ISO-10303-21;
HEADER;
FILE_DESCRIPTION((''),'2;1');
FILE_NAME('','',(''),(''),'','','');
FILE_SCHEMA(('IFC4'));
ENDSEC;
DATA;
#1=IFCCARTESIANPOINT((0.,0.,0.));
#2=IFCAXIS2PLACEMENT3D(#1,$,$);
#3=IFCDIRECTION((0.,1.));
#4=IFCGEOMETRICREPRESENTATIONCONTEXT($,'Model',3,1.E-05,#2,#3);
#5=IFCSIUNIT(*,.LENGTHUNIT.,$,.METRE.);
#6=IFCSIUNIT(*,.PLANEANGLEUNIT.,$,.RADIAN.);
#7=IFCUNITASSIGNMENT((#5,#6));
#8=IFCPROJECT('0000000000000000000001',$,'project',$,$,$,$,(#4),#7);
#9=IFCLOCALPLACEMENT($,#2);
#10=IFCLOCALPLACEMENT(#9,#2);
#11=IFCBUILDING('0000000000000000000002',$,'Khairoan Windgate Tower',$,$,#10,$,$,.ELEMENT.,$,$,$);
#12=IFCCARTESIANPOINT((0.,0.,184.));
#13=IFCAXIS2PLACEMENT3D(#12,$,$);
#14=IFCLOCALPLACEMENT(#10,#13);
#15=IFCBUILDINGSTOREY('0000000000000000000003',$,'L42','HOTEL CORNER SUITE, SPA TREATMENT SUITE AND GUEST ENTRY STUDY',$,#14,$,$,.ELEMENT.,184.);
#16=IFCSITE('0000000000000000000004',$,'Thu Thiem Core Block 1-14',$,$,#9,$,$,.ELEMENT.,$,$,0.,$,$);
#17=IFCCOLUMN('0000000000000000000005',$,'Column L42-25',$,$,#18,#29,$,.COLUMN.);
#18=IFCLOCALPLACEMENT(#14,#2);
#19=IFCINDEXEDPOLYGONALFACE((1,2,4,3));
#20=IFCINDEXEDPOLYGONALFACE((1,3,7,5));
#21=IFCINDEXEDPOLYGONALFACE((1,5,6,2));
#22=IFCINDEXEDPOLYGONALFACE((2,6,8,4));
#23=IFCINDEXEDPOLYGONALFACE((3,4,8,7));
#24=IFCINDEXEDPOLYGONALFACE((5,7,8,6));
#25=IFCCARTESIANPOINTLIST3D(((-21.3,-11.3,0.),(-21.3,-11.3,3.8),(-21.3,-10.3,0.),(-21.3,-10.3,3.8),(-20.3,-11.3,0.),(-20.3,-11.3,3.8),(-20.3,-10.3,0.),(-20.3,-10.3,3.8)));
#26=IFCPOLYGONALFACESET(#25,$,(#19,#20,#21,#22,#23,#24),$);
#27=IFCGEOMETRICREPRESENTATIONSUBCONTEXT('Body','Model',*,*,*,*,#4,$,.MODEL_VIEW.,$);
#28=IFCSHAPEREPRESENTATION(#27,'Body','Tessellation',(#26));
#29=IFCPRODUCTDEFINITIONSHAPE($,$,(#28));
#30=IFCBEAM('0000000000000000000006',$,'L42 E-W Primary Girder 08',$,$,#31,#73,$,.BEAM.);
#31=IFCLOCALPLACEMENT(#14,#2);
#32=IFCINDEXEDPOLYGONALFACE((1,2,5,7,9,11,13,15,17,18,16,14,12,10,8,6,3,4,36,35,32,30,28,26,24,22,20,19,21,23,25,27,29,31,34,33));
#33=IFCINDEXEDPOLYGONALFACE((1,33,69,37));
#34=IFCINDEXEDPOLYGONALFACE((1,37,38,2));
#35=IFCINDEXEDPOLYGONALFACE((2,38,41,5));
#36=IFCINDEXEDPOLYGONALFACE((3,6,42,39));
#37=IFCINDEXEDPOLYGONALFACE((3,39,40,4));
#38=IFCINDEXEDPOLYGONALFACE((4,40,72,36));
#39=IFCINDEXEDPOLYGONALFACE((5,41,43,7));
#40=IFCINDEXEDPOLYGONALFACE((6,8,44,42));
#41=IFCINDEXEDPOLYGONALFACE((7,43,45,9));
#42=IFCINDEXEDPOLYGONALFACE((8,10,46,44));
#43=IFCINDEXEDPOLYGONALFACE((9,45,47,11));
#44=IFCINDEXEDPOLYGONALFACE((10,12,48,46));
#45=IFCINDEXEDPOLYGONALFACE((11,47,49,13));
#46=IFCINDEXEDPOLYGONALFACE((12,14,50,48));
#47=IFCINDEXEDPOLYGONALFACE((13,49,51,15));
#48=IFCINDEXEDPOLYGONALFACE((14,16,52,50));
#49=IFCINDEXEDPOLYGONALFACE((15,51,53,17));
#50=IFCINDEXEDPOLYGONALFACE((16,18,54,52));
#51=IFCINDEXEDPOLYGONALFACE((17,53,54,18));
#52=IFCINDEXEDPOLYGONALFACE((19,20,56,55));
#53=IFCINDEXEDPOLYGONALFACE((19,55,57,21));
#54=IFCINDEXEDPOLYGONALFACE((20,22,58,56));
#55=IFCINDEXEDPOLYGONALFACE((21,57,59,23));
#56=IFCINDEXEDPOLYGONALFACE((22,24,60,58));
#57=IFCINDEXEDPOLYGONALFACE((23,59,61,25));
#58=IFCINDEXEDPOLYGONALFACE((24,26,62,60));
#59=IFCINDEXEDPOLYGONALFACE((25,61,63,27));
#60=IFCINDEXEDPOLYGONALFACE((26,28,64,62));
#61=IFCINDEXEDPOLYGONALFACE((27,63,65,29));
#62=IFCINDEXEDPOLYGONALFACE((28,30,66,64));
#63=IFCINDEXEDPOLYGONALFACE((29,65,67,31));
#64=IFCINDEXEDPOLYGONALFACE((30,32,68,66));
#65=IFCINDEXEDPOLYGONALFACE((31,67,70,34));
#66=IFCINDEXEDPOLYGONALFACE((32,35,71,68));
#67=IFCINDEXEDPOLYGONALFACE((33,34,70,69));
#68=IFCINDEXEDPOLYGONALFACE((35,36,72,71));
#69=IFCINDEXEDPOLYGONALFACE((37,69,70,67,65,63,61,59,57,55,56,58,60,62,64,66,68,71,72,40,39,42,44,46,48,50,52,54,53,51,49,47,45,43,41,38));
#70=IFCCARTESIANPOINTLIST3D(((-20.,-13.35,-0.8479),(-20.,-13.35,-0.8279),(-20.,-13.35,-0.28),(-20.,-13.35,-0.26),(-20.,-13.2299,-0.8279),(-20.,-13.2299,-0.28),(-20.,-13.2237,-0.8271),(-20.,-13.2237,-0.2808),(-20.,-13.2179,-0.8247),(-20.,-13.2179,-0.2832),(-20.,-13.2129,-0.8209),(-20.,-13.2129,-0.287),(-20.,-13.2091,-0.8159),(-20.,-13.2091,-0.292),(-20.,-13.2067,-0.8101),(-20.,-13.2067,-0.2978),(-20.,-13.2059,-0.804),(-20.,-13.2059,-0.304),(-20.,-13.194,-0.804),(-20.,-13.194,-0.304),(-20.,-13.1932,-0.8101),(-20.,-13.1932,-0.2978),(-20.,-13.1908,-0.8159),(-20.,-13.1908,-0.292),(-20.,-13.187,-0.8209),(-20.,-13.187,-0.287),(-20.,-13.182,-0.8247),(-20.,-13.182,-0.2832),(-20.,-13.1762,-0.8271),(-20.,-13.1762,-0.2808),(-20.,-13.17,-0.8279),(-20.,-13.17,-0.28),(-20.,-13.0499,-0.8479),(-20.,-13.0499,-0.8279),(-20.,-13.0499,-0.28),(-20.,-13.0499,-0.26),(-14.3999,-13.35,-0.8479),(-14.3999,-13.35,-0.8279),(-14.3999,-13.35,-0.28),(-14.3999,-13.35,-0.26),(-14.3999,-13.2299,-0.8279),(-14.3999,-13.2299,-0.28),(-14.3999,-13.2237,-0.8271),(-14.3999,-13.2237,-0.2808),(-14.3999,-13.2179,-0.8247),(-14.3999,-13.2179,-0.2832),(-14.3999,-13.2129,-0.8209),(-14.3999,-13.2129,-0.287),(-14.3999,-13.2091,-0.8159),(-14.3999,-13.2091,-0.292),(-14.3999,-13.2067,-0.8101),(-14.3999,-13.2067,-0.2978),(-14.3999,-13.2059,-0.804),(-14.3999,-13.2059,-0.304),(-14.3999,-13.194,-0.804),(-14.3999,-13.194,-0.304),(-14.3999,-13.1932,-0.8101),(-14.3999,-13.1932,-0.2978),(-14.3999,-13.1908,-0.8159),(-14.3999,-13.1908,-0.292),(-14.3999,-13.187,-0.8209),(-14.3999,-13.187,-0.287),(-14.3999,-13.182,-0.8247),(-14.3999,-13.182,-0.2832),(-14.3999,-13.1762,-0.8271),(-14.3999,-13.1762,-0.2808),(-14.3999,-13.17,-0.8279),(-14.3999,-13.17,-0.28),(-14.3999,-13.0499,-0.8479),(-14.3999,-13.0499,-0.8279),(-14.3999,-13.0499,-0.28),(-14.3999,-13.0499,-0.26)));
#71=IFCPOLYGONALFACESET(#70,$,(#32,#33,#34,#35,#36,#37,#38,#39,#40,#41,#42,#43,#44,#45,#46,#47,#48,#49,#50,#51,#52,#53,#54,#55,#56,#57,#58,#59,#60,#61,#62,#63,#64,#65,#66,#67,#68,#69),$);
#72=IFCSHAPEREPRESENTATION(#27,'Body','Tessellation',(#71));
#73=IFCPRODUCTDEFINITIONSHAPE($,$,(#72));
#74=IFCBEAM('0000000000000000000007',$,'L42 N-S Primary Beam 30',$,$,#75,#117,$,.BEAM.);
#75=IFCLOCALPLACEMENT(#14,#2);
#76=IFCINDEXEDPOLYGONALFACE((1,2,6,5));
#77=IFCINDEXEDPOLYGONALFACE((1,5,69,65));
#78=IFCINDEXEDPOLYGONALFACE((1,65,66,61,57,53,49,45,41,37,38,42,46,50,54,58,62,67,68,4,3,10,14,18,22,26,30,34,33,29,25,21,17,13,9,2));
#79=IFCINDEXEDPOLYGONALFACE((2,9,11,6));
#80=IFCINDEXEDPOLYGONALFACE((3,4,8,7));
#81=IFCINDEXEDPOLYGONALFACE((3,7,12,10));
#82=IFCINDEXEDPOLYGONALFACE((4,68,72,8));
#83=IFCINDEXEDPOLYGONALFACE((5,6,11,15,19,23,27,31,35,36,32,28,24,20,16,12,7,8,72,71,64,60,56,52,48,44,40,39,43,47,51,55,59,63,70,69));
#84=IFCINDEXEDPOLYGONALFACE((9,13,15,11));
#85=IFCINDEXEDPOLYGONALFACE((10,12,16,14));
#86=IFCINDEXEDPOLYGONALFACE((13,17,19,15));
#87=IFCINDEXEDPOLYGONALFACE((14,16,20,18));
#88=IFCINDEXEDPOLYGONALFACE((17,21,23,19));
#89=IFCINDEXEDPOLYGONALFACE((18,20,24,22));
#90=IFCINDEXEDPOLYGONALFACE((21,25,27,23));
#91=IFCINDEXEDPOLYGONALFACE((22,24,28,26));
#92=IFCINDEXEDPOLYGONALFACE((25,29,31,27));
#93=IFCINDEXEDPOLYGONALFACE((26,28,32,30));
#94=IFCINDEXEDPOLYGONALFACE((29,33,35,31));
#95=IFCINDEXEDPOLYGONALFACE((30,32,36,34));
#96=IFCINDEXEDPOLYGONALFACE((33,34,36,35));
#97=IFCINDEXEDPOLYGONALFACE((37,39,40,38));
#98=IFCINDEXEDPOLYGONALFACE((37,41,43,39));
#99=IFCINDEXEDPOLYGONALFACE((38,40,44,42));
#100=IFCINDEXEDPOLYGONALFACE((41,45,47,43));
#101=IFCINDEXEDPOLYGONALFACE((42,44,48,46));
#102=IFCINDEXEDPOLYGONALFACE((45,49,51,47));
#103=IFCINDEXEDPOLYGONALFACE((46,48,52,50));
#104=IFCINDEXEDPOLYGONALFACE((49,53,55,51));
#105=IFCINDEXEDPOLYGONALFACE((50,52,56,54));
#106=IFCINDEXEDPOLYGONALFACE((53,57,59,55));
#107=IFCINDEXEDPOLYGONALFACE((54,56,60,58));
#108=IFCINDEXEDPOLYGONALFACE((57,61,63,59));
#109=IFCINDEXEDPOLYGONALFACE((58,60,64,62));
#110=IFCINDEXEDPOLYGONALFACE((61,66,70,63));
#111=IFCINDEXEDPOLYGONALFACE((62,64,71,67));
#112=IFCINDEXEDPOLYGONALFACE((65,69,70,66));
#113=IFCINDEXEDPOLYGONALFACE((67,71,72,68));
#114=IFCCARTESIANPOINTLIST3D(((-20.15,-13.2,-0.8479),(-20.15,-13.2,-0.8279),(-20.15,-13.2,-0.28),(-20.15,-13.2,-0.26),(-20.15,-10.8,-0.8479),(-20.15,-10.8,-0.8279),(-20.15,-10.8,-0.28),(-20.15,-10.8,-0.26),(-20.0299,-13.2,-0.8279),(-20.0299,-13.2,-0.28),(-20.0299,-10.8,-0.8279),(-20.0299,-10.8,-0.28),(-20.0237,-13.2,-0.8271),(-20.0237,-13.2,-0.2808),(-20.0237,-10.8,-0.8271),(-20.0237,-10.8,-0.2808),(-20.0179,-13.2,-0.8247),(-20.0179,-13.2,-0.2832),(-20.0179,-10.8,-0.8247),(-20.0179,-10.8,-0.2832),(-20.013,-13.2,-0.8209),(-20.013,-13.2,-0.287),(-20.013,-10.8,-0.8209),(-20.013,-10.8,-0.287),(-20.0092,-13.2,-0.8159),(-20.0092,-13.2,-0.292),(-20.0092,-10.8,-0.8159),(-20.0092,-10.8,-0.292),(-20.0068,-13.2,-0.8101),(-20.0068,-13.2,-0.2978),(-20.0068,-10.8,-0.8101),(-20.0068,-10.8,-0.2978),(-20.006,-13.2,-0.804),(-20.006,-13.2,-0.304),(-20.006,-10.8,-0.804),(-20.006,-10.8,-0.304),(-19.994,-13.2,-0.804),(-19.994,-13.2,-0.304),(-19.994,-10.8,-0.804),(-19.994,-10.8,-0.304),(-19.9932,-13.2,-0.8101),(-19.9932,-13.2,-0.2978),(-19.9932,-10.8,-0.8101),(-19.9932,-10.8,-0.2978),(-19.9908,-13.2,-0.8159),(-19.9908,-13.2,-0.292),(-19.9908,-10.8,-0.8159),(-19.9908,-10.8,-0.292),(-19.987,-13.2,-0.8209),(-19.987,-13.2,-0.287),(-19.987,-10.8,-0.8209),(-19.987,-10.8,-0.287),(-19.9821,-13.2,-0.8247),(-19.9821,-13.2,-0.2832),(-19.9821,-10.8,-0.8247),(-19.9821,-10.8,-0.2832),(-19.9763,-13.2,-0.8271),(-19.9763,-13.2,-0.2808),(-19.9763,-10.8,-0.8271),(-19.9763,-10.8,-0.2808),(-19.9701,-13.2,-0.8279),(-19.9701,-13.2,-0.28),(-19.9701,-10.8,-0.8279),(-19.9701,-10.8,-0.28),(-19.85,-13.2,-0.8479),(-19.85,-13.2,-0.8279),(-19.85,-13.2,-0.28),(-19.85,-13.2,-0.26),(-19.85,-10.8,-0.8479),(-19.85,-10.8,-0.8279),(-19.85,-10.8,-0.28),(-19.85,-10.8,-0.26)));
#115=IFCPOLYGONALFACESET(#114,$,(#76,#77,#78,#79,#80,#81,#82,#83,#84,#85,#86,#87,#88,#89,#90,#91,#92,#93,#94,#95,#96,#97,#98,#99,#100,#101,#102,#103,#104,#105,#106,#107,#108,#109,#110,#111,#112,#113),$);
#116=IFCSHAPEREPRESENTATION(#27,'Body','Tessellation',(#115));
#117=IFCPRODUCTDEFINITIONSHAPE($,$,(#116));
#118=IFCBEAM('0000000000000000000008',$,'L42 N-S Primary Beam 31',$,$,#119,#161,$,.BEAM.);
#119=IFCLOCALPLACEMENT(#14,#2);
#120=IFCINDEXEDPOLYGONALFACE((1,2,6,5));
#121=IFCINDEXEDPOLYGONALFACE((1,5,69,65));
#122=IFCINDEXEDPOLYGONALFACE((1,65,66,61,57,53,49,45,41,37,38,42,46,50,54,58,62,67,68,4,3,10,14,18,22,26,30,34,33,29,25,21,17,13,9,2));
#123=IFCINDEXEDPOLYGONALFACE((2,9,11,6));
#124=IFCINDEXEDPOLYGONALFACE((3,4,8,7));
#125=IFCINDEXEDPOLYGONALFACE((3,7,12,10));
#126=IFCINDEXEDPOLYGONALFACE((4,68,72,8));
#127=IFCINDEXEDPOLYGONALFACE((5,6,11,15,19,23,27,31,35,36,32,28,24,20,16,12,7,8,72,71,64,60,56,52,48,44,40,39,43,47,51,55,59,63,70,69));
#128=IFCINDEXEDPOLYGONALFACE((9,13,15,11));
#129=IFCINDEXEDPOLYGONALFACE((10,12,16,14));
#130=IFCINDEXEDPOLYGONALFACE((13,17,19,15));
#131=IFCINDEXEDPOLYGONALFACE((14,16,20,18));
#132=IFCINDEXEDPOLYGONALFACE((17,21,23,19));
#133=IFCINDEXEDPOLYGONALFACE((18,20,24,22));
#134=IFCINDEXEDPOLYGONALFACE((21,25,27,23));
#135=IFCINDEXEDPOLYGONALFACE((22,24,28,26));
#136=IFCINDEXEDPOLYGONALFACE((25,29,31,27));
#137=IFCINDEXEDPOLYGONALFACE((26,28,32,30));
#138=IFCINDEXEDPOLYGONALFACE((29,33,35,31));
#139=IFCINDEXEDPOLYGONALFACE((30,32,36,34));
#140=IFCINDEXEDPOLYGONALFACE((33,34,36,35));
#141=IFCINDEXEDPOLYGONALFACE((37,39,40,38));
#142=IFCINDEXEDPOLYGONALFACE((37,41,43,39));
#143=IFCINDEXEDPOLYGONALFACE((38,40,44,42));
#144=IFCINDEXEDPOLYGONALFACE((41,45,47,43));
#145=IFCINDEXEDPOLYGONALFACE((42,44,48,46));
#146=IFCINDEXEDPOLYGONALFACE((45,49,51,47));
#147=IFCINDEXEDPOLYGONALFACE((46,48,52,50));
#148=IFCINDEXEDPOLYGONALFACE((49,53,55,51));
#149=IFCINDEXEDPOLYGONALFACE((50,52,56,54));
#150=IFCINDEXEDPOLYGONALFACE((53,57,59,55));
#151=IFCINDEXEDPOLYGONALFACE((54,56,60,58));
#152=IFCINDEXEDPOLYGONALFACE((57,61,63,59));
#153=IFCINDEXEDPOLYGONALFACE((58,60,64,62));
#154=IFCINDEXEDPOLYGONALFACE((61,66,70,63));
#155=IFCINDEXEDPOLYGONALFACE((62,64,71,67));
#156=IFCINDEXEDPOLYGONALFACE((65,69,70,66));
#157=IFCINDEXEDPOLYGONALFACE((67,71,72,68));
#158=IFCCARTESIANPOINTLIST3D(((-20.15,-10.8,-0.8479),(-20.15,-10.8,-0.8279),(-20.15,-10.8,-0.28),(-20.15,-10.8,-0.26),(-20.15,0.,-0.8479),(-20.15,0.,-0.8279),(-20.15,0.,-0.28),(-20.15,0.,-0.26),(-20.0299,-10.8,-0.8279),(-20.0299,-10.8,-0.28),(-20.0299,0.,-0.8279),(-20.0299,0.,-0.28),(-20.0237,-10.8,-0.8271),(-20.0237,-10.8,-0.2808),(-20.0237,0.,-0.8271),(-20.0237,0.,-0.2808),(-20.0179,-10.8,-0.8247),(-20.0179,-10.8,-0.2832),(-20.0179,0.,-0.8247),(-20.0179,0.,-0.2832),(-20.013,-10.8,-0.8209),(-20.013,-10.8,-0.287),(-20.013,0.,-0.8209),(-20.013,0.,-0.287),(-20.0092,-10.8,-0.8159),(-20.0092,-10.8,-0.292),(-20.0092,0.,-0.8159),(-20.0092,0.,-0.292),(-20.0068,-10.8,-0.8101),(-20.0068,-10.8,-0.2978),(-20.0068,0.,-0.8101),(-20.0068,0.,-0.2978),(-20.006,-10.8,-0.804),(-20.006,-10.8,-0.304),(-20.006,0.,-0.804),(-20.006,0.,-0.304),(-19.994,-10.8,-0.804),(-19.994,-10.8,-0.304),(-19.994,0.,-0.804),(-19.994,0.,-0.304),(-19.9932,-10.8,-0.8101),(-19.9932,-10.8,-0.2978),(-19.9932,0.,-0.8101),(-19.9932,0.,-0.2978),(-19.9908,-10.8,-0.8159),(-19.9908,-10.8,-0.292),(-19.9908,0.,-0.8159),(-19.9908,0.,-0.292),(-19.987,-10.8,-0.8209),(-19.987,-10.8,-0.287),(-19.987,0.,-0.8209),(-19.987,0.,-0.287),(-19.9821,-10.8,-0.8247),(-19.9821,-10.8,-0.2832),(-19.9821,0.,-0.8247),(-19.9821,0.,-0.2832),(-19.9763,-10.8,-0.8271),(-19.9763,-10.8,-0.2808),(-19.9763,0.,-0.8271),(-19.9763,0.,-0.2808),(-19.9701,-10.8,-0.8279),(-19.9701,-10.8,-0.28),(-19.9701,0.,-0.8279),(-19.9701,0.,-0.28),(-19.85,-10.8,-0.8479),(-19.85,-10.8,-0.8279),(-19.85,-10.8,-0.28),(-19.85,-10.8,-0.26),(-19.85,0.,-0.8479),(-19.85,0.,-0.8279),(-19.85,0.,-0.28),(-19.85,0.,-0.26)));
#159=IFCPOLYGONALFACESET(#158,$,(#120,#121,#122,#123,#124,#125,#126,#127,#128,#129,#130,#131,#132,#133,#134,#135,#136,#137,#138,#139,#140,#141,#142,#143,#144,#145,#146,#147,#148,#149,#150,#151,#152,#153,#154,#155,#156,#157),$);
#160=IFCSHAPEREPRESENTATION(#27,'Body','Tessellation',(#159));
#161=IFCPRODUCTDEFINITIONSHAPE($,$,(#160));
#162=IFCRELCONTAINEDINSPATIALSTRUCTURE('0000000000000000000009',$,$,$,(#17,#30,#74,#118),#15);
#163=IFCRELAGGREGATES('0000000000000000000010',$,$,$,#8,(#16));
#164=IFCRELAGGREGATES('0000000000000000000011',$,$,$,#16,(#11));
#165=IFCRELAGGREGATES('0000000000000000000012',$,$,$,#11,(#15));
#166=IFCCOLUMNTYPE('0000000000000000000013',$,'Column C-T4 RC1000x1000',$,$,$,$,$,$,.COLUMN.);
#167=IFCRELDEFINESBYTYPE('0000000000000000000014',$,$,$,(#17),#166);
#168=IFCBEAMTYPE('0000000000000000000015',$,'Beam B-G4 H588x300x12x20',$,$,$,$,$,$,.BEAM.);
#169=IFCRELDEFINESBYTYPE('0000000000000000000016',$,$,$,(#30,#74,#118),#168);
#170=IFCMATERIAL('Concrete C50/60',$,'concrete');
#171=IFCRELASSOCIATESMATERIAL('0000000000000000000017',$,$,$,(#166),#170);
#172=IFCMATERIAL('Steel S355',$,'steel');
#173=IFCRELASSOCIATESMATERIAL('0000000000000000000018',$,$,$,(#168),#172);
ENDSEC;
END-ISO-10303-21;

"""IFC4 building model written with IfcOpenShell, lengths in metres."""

from ifc_helpers import new_model, si_unit, direction, frame, origin, origin_2d, place, context, subcontext, project, spatial, rectangle, i_section, extrude, material, material_profile, profile_set, type_object, element, save


model = new_model("IFC4")

# Units and contexts
model_context = context("Model", 3, precision=1e-05, world=origin(), true_north=direction((0.0, 1.0)))
body_context = subcontext(model_context, "Body", "Model", "MODEL_VIEW")
ifc_project = project(units=[si_unit("LENGTHUNIT", "METRE"), si_unit("PLANEANGLEUNIT", "RADIAN")], contexts=[model_context])

# Site, building, storey
site_placement = place(None, origin())
site = spatial("IfcSite", under=ifc_project, at=site_placement, Name="Thu Thiem Core Block 1-14", CompositionType="ELEMENT", RefElevation=0.0)
building_placement = place(site_placement, origin())
building = spatial("IfcBuilding", under=site, at=building_placement, Name="Khairoan Windgate Tower", CompositionType="ELEMENT")
storey_placement = place(building_placement, frame((0.0, 0.0, 184.0)))
storey = spatial("IfcBuildingStorey", under=building, at=storey_placement, Name="L42", Description="HOTEL CORNER SUITE, SPA TREATMENT SUITE AND GUEST ENTRY STUDY", CompositionType="ELEMENT", Elevation=184.0)

# Column
ifc_material_1 = material(Name="Concrete C50/60", Category="concrete")
ifc_material_profile_1 = material_profile(ifc_material_1, rectangle(XDim=1.0, YDim=1.0, at=origin_2d()))
ifc_profile_set_1 = profile_set([ifc_material_profile_1], Name="Concrete C50/60")
column_type = type_object("IfcColumnType", Name="Column C-T4 RC1000x1000", PredefinedType="COLUMN", material=ifc_profile_set_1)
column_placement = place(storey_placement, frame((-20.8, -10.8, 0.0), z_axis=(0.0, 0.0, 1.0), x_axis=(1.0, 0.0, 0.0)))
element("IfcColumn", 1, at=column_placement, inside=storey, type_object=column_type, Name="Column L42-25", PredefinedType="COLUMN", context=body_context, shape_type="SweptSolid", body=[
    extrude(rectangle(XDim=1.0, YDim=1.0, at=origin_2d()), origin(), (0.0, 0.0, 1.0), 3.8),
])

# Beams
ifc_material_2 = material(Name="Steel S355", Category="steel")
ifc_material_profile_2 = material_profile(ifc_material_2, i_section(OverallWidth=0.3, OverallDepth=0.5879, WebThickness=0.012, FlangeThickness=0.02, FilletRadius=0.0239, at=origin_2d()))
ifc_profile_set_2 = profile_set([ifc_material_profile_2], Name="Steel S355")
beam_type_1 = type_object("IfcBeamType", Name="Beam B-G4 H588x300x12x20", PredefinedType="BEAM", material=ifc_profile_set_2)
beam_1_placement = place(storey_placement, frame((-20.0, -13.2, -0.554), z_axis=(1.0, 0.0, 0.0), x_axis=(0.0, 1.0, 0.0)))
element("IfcBeam", 2, at=beam_1_placement, inside=storey, type_object=beam_type_1, Name="L42 E-W Primary Girder 08", PredefinedType="BEAM", context=body_context, shape_type="SweptSolid", body=[
    extrude(i_section(OverallWidth=0.3, OverallDepth=0.5879, WebThickness=0.012, FlangeThickness=0.02, FilletRadius=0.0239, at=origin_2d()), origin(), (0.0, 0.0, 1.0), 5.6001),
])
beam_2_placement = place(storey_placement, frame((-20.0, -13.2, -0.554), z_axis=(0.0, 1.0, 0.0), x_axis=(-1.0, 0.0, 0.0)))
element("IfcBeam", 3, at=beam_2_placement, inside=storey, type_object=beam_type_1, Name="L42 N-S Primary Beam 30", PredefinedType="BEAM", context=body_context, shape_type="SweptSolid", body=[
    extrude(i_section(OverallWidth=0.3, OverallDepth=0.5879, WebThickness=0.012, FlangeThickness=0.02, FilletRadius=0.0239, at=origin_2d()), origin(), (0.0, 0.0, 1.0), 2.3999),
])
beam_3_placement = place(storey_placement, frame((-20.0, -10.8, -0.554), z_axis=(0.0, 1.0, 0.0), x_axis=(-1.0, 0.0, 0.0)))
element("IfcBeam", 4, at=beam_3_placement, inside=storey, type_object=beam_type_1, Name="L42 N-S Primary Beam 31", PredefinedType="BEAM", context=body_context, shape_type="SweptSolid", body=[
    extrude(i_section(OverallWidth=0.3, OverallDepth=0.5879, WebThickness=0.012, FlangeThickness=0.02, FilletRadius=0.0239, at=origin_2d()), origin(), (0.0, 0.0, 1.0), 10.8),
])

save(model, "model.ifc")
